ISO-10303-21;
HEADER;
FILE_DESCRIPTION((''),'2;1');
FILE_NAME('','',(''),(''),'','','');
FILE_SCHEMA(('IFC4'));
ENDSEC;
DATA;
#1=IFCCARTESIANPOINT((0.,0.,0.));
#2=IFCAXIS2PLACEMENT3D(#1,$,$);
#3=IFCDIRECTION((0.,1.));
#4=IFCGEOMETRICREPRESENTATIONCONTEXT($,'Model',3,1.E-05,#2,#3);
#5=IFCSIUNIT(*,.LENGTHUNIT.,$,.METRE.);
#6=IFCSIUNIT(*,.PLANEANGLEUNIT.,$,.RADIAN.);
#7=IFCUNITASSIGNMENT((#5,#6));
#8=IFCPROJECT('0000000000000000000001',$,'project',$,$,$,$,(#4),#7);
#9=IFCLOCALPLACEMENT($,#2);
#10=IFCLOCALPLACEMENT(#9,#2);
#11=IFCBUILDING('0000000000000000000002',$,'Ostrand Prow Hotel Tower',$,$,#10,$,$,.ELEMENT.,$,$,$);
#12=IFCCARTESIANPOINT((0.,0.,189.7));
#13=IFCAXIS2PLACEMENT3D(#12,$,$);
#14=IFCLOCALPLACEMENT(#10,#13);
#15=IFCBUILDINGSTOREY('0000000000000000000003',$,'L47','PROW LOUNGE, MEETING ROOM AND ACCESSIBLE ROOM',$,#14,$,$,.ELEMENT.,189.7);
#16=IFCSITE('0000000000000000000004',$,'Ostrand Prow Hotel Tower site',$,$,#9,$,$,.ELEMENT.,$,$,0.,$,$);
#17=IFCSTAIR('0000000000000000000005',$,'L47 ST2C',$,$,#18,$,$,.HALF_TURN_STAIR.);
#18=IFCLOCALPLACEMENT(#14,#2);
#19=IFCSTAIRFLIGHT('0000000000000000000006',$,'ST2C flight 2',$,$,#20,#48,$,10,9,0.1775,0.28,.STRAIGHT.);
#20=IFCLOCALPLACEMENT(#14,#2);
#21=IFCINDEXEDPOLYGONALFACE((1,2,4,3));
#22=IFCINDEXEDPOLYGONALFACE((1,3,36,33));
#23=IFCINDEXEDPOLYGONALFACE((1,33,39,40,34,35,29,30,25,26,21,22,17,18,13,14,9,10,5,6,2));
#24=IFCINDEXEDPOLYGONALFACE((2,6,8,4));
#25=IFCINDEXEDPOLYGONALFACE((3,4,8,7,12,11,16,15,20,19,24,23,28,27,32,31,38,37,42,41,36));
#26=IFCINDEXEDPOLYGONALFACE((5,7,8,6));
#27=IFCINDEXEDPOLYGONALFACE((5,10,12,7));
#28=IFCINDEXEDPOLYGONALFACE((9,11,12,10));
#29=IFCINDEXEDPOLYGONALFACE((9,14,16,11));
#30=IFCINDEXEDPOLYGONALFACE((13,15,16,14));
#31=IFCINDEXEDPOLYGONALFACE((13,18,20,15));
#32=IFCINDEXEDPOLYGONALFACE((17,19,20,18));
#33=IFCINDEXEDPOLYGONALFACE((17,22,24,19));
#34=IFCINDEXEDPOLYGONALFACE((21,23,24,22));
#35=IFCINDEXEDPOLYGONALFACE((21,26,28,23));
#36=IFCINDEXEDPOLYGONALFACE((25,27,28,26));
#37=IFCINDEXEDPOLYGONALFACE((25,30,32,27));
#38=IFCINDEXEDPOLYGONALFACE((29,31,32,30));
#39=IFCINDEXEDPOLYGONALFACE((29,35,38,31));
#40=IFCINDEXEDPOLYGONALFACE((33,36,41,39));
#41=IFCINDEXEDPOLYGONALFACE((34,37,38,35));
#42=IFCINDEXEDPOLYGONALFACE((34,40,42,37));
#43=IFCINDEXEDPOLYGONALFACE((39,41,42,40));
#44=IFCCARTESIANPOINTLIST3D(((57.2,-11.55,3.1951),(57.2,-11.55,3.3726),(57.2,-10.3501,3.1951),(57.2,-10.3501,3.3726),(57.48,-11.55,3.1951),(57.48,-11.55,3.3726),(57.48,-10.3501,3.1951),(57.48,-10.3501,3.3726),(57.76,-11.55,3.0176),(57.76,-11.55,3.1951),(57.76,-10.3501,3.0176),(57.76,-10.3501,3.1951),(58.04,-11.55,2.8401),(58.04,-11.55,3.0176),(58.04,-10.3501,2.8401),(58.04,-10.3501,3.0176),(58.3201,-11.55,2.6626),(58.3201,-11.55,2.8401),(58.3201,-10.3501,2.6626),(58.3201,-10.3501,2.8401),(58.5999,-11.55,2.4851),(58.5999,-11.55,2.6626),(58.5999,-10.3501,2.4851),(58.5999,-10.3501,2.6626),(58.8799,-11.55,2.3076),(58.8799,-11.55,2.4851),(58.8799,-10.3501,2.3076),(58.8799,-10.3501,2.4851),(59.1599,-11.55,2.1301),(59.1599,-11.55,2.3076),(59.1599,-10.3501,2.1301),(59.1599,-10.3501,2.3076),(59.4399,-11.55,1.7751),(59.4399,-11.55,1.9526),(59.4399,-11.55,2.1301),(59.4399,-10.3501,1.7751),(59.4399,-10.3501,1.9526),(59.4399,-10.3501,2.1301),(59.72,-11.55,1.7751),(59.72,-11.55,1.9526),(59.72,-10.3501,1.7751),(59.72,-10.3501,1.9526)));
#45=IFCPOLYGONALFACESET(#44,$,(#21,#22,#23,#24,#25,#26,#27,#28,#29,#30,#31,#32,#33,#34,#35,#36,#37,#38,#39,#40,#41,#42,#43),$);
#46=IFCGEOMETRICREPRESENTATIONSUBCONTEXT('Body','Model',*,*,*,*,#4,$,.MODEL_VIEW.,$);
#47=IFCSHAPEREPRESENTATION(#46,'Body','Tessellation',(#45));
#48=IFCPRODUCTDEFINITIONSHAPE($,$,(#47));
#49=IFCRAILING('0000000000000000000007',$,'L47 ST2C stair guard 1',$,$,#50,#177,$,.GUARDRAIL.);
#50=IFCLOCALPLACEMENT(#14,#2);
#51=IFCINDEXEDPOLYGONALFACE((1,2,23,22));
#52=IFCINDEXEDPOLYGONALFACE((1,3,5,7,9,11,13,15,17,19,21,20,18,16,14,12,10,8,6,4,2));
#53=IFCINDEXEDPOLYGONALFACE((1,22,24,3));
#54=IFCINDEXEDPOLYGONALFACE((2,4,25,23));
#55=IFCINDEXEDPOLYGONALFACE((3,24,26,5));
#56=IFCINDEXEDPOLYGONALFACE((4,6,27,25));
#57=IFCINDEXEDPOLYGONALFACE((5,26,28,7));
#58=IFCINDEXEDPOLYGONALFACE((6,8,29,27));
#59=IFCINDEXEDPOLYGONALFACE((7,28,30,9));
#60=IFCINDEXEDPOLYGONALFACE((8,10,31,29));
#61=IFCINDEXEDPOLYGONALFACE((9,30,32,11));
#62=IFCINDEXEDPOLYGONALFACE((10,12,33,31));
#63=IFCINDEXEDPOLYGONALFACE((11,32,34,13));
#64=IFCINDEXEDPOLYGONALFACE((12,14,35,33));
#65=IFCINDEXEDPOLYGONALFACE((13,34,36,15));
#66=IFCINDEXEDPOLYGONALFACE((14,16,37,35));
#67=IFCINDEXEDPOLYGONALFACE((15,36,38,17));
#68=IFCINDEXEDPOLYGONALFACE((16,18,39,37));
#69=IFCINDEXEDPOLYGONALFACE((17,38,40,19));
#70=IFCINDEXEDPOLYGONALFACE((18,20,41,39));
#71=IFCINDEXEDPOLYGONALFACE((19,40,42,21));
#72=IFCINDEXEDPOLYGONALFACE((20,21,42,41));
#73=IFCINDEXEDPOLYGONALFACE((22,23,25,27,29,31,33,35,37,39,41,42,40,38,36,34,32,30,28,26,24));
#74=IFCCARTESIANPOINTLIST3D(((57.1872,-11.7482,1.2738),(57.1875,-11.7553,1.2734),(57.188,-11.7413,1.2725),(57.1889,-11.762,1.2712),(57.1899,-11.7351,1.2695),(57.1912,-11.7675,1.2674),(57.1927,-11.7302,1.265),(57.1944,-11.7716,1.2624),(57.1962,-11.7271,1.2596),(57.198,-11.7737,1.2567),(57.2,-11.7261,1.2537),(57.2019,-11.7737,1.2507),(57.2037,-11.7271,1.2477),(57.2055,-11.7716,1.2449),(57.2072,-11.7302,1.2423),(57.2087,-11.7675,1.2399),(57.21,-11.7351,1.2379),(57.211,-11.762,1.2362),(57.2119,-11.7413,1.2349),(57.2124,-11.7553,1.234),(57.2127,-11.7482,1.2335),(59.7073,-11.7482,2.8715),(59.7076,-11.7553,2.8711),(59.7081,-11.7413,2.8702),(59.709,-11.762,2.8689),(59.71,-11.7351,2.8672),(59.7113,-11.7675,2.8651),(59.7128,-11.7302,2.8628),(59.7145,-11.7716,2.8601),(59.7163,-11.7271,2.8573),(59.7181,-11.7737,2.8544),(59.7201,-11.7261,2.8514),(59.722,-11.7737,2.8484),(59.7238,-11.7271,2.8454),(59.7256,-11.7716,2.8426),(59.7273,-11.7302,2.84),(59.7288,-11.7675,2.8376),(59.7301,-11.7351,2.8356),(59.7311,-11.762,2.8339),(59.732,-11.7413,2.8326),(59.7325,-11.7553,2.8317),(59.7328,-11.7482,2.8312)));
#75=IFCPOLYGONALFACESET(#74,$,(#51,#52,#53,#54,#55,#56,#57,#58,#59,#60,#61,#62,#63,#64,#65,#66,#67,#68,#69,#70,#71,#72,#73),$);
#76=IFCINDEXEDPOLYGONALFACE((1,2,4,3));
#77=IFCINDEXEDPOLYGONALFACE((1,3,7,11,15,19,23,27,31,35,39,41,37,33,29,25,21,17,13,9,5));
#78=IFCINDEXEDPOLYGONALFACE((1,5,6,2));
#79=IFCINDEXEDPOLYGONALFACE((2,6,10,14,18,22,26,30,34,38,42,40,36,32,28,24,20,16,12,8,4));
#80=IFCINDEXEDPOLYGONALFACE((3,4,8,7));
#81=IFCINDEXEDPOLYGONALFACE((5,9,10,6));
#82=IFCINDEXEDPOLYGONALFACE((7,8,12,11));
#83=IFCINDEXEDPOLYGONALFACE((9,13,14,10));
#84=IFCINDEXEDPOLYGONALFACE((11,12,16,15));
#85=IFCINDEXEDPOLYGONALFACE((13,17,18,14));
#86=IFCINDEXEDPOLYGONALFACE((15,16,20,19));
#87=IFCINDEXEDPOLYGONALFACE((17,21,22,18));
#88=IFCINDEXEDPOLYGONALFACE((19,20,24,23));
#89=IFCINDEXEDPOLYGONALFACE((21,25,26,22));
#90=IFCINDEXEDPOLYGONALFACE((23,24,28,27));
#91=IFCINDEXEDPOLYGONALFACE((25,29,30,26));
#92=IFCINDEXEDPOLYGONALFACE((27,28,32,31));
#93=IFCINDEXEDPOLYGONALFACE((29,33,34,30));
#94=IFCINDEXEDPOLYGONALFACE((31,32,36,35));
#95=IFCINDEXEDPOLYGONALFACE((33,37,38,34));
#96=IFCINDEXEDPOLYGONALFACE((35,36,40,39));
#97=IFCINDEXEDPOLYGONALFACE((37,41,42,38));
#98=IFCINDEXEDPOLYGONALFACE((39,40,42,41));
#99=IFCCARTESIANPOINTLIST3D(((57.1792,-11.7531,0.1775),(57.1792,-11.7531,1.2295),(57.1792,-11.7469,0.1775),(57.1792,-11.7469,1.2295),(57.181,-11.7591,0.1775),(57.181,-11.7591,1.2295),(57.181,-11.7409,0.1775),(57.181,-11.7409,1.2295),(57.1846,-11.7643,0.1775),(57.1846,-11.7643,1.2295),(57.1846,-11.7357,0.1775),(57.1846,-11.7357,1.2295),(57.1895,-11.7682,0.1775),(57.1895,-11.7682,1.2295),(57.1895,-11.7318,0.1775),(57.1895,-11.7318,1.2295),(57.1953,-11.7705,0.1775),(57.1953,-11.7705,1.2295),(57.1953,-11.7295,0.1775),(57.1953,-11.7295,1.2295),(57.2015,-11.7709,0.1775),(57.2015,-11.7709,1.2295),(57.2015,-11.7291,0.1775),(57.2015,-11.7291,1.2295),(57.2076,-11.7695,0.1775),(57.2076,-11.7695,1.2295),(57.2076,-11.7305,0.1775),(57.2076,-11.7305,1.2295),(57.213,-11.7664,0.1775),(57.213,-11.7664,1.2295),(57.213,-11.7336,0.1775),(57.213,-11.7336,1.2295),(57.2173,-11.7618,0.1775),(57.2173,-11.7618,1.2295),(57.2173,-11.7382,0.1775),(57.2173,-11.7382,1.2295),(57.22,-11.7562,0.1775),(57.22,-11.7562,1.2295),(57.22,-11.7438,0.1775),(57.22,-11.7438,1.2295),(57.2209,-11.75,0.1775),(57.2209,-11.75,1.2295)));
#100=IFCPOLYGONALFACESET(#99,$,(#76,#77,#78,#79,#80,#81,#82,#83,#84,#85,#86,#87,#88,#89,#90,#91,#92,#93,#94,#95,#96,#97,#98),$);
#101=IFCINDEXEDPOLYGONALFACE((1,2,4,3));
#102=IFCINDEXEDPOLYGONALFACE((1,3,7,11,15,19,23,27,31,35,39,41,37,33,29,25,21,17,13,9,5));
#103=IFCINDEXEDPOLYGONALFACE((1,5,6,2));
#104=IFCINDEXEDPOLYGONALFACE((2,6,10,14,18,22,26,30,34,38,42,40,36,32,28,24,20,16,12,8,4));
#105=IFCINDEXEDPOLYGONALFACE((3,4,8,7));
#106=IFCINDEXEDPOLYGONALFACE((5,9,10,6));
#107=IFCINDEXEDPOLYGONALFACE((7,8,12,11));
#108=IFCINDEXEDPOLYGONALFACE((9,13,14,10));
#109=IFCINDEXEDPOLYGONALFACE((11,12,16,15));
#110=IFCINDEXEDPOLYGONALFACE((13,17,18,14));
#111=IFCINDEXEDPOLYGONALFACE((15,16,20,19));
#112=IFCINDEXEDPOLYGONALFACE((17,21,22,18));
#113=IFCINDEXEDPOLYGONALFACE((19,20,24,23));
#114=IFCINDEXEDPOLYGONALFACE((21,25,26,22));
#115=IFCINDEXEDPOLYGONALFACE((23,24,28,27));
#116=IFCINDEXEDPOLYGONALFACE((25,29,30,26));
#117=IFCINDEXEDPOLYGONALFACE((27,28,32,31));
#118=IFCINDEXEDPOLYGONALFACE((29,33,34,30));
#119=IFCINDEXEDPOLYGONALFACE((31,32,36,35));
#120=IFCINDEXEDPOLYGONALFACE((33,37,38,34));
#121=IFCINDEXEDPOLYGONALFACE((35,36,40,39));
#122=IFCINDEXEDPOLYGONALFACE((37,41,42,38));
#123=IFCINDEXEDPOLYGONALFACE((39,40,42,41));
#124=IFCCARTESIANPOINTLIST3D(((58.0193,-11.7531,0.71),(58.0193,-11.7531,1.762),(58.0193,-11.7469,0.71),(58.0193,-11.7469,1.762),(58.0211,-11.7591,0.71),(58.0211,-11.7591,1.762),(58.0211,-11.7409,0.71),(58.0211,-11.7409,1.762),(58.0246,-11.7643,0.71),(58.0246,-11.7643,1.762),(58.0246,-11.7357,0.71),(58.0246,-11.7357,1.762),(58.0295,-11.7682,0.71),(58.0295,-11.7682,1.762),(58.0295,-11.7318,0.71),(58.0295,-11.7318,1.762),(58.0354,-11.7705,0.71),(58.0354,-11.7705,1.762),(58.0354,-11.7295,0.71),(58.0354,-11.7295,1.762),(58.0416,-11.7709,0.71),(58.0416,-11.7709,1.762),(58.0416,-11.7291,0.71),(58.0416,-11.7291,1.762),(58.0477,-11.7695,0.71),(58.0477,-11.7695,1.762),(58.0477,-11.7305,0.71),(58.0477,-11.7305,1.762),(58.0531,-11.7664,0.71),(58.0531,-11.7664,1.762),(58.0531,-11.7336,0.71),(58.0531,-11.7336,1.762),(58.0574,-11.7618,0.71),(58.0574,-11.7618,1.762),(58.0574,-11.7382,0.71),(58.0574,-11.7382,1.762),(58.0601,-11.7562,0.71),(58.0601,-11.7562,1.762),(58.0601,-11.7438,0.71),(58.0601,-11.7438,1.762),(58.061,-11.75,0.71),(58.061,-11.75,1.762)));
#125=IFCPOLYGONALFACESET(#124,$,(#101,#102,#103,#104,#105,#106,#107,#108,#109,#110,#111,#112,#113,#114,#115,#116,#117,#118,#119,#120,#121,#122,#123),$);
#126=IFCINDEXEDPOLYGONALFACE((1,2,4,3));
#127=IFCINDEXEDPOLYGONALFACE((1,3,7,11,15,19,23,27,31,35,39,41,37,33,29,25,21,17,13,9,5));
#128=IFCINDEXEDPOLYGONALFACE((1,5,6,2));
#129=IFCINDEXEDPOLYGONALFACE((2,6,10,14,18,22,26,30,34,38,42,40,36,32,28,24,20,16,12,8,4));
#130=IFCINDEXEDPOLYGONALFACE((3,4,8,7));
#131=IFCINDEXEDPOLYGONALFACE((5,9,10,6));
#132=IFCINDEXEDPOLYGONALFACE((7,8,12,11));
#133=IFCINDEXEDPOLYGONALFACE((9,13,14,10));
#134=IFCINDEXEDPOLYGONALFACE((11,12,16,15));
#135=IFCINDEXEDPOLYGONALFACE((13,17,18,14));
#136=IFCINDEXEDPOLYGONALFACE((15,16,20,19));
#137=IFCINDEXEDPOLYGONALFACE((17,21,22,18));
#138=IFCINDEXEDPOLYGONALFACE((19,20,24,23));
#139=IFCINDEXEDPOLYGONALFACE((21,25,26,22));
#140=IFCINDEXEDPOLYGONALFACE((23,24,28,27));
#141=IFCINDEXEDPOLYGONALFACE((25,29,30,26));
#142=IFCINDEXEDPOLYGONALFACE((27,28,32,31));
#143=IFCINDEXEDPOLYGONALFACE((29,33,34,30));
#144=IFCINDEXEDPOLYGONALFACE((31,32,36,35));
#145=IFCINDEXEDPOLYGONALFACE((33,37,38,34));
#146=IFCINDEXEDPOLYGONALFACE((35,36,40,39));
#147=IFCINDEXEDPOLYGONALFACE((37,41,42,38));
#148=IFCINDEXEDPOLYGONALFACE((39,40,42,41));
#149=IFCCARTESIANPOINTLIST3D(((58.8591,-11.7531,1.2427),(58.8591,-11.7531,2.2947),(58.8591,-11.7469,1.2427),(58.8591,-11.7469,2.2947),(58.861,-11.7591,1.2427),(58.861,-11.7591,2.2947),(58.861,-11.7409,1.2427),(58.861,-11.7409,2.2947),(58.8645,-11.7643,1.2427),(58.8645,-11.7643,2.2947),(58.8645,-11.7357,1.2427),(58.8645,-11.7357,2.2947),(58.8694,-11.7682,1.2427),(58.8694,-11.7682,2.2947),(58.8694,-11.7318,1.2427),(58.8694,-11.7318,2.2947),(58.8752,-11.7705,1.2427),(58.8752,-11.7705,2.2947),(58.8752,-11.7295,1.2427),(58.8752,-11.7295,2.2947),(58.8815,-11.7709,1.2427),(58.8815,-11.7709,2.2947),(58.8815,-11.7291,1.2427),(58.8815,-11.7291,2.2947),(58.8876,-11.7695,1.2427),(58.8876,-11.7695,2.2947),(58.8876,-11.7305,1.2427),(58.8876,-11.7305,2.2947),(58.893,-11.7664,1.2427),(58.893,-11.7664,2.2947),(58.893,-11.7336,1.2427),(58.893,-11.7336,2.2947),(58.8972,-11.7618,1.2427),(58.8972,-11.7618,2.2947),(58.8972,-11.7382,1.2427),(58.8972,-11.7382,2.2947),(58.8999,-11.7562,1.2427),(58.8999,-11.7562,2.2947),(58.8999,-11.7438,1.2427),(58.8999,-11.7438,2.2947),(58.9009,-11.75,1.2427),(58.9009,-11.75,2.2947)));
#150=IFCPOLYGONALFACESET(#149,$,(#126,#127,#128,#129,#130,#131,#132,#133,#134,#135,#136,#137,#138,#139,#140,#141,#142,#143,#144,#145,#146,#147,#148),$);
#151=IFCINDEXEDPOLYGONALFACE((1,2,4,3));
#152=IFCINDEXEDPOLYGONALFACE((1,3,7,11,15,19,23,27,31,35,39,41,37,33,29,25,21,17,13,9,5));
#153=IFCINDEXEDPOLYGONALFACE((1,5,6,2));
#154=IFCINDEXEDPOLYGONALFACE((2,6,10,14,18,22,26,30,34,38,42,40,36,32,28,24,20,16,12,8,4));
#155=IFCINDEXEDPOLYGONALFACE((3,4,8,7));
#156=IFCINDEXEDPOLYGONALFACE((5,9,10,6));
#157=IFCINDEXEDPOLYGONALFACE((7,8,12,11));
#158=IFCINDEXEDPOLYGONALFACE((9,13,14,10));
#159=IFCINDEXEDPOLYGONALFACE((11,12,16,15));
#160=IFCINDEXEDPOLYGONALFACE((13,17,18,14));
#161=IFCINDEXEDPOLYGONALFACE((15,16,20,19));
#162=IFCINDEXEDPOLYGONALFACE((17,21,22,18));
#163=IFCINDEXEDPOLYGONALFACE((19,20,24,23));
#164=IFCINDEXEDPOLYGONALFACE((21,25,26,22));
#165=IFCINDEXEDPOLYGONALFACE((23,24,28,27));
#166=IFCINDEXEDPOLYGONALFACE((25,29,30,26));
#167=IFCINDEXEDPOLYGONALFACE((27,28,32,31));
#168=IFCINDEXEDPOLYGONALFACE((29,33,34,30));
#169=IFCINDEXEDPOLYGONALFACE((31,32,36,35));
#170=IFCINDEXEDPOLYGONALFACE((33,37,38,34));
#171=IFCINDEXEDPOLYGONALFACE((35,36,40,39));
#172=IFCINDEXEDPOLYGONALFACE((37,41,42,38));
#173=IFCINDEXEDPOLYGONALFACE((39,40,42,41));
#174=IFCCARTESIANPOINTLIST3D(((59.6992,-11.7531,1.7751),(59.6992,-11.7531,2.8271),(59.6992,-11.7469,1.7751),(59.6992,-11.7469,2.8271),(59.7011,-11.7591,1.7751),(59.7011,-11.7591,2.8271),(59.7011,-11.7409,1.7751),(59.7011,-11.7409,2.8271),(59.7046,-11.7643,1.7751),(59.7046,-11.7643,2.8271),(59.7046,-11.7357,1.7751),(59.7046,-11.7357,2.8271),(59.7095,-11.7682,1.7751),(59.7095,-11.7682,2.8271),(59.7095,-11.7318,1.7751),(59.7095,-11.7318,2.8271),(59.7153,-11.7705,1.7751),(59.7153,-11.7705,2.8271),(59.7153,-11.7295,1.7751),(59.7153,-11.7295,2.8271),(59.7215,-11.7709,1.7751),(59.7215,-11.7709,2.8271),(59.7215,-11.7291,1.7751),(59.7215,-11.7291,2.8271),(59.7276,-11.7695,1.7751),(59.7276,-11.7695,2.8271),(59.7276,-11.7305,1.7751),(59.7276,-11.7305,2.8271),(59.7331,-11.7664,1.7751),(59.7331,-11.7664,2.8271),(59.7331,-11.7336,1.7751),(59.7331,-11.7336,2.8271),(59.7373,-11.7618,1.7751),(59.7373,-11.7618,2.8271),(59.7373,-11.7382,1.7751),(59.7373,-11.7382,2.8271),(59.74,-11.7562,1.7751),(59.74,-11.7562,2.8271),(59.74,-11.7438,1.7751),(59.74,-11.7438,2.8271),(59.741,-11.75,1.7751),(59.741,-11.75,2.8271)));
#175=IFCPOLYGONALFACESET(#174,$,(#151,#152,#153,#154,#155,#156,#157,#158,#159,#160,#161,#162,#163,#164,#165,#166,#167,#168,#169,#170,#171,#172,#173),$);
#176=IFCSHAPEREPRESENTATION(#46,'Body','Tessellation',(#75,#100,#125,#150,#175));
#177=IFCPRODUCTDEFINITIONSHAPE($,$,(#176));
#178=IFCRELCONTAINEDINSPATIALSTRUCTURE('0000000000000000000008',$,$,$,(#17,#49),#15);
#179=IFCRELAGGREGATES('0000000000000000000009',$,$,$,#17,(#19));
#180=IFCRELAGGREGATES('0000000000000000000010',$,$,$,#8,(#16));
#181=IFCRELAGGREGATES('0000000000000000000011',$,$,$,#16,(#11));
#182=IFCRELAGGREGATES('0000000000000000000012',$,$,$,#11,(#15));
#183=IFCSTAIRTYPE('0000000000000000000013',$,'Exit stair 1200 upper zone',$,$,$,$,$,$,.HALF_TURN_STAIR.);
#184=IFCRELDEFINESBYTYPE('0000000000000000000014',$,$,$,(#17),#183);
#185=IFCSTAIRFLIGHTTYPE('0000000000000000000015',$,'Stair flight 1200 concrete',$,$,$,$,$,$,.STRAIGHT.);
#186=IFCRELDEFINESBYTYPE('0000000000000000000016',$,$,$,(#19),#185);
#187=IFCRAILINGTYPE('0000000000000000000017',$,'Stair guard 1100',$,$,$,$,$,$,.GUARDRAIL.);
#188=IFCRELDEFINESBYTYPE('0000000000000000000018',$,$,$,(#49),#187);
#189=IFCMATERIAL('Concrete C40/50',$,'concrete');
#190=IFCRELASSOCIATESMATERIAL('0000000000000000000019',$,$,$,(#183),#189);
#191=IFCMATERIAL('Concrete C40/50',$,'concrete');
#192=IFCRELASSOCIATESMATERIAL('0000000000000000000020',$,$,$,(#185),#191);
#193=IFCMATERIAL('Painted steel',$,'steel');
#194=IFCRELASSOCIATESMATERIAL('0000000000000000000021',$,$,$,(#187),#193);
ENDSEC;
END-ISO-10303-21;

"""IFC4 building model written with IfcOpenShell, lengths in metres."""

from ifc_helpers import new_model, si_unit, direction, frame, origin, origin_2d, place, context, subcontext, project, spatial, polyline, circle, outline, extrude, material, type_object, element, aggregate, save


model = new_model("IFC4")

# Units and contexts
model_context = context("Model", 3, precision=1e-05, world=origin(), true_north=direction((0.0, 1.0)))
body_context = subcontext(model_context, "Body", "Model", "MODEL_VIEW")
ifc_project = project(units=[si_unit("LENGTHUNIT", "METRE"), si_unit("PLANEANGLEUNIT", "RADIAN")], contexts=[model_context])

# Site, building, storey
site_placement = place(None, origin())
site = spatial("IfcSite", under=ifc_project, at=site_placement, Name="Ostrand Prow Hotel Tower site", CompositionType="ELEMENT", RefElevation=0.0)
building_placement = place(site_placement, origin())
building = spatial("IfcBuilding", under=site, at=building_placement, Name="Ostrand Prow Hotel Tower", CompositionType="ELEMENT")
storey_placement = place(building_placement, frame((0.0, 0.0, 189.7)))
storey = spatial("IfcBuildingStorey", under=building, at=storey_placement, Name="L47", Description="PROW LOUNGE, MEETING ROOM AND ACCESSIBLE ROOM", CompositionType="ELEMENT", Elevation=189.7)

# Stair, stair flight
ifc_material_1 = material(Name="Concrete C40/50", Category="concrete")
stair_type = type_object("IfcStairType", Name="Exit stair 1200 upper zone", PredefinedType="HALF_TURN_STAIR", material=ifc_material_1)
stair_placement = place(storey_placement, origin())
stair = element("IfcStair", 1, at=stair_placement, inside=storey, type_object=stair_type, Name="L47 ST2C", PredefinedType="HALF_TURN_STAIR")
ifc_material_2 = material(Name="Concrete C40/50", Category="concrete")
stair_flight_type = type_object("IfcStairFlightType", Name="Stair flight 1200 concrete", PredefinedType="STRAIGHT", material=ifc_material_2)
stair_flight_1_placement = place(storey_placement, frame((59.72, -10.95, 1.7751), z_axis=(0.0, 0.0, 1.0), x_axis=(-1.0, 0.0, 0.0)))
stair_flight_1 = element("IfcStairFlight", 2, at=stair_flight_1_placement, type_object=stair_flight_type, Name="ST2C flight 2", NumberOfRisers=10, NumberOfTreads=9, PredefinedType="STRAIGHT", RiserHeight=0.1775, TreadLength=0.28, context=body_context, shape_type="SweptSolid", body=[
    extrude(outline(polyline([(0.0, 0.0), (0.0, 0.1775), (0.28, 0.1775), (0.28, 0.355), (0.5601, 0.355), (0.5601, 0.5325), (0.8401, 0.5325), (0.8401, 0.71), (1.1201, 0.71), (1.1201, 0.8875), (1.3999, 0.8875), (1.3999, 1.0649), (1.6799, 1.0649), (1.6799, 1.2424), (1.96, 1.2424), (1.96, 1.4199), (2.24, 1.4199), (2.24, 1.5974), (2.52, 1.5974), (2.52, 1.7749), (2.52, 1.4199), (0.28, 0.0), (0.0, 0.0)])), frame((0.0, 0.6001, 0.0), z_axis=(0.0, -1.0, 0.0), x_axis=(1.0, 0.0, 0.0)), (0.0, 0.0, 1.0), 1.2),
])
aggregate(stair, [stair_flight_1])

# Railing
ifc_material_3 = material(Name="Painted steel", Category="steel")
railing_type_1 = type_object("IfcRailingType", Name="Stair guard 1100", PredefinedType="GUARDRAIL", material=ifc_material_3)
railing_1_placement = place(storey_placement, frame((57.2, -11.75, 0.1775)))
element("IfcRailing", 3, at=railing_1_placement, inside=storey, type_object=railing_type_1, Name="L47 ST2C stair guard 1", PredefinedType="GUARDRAIL", context=body_context, shape_type="SweptSolid", body=[
    extrude(circle(Radius=0.0239, at=origin_2d()), frame((0.0, 0.0, 1.0762), z_axis=(0.84457, 0.0, 0.535445), x_axis=(0.0, 1.0, 0.0)), (0.0, 0.0, 1.0), 2.9839),
    extrude(circle(Radius=0.021, at=origin_2d()), origin(), (0.0, 0.0, 1.0), 1.052),
    extrude(circle(Radius=0.021, at=origin_2d()), frame((0.8401, 0.0, 0.5325)), (0.0, 0.0, 1.0), 1.052),
    extrude(circle(Radius=0.021, at=origin_2d()), frame((1.6799, 0.0, 1.0652)), (0.0, 0.0, 1.0), 1.052),
    extrude(circle(Radius=0.021, at=origin_2d()), frame((2.52, 0.0, 1.5977)), (0.0, 0.0, 1.0), 1.052),
])

save(model, "model.ifc")
